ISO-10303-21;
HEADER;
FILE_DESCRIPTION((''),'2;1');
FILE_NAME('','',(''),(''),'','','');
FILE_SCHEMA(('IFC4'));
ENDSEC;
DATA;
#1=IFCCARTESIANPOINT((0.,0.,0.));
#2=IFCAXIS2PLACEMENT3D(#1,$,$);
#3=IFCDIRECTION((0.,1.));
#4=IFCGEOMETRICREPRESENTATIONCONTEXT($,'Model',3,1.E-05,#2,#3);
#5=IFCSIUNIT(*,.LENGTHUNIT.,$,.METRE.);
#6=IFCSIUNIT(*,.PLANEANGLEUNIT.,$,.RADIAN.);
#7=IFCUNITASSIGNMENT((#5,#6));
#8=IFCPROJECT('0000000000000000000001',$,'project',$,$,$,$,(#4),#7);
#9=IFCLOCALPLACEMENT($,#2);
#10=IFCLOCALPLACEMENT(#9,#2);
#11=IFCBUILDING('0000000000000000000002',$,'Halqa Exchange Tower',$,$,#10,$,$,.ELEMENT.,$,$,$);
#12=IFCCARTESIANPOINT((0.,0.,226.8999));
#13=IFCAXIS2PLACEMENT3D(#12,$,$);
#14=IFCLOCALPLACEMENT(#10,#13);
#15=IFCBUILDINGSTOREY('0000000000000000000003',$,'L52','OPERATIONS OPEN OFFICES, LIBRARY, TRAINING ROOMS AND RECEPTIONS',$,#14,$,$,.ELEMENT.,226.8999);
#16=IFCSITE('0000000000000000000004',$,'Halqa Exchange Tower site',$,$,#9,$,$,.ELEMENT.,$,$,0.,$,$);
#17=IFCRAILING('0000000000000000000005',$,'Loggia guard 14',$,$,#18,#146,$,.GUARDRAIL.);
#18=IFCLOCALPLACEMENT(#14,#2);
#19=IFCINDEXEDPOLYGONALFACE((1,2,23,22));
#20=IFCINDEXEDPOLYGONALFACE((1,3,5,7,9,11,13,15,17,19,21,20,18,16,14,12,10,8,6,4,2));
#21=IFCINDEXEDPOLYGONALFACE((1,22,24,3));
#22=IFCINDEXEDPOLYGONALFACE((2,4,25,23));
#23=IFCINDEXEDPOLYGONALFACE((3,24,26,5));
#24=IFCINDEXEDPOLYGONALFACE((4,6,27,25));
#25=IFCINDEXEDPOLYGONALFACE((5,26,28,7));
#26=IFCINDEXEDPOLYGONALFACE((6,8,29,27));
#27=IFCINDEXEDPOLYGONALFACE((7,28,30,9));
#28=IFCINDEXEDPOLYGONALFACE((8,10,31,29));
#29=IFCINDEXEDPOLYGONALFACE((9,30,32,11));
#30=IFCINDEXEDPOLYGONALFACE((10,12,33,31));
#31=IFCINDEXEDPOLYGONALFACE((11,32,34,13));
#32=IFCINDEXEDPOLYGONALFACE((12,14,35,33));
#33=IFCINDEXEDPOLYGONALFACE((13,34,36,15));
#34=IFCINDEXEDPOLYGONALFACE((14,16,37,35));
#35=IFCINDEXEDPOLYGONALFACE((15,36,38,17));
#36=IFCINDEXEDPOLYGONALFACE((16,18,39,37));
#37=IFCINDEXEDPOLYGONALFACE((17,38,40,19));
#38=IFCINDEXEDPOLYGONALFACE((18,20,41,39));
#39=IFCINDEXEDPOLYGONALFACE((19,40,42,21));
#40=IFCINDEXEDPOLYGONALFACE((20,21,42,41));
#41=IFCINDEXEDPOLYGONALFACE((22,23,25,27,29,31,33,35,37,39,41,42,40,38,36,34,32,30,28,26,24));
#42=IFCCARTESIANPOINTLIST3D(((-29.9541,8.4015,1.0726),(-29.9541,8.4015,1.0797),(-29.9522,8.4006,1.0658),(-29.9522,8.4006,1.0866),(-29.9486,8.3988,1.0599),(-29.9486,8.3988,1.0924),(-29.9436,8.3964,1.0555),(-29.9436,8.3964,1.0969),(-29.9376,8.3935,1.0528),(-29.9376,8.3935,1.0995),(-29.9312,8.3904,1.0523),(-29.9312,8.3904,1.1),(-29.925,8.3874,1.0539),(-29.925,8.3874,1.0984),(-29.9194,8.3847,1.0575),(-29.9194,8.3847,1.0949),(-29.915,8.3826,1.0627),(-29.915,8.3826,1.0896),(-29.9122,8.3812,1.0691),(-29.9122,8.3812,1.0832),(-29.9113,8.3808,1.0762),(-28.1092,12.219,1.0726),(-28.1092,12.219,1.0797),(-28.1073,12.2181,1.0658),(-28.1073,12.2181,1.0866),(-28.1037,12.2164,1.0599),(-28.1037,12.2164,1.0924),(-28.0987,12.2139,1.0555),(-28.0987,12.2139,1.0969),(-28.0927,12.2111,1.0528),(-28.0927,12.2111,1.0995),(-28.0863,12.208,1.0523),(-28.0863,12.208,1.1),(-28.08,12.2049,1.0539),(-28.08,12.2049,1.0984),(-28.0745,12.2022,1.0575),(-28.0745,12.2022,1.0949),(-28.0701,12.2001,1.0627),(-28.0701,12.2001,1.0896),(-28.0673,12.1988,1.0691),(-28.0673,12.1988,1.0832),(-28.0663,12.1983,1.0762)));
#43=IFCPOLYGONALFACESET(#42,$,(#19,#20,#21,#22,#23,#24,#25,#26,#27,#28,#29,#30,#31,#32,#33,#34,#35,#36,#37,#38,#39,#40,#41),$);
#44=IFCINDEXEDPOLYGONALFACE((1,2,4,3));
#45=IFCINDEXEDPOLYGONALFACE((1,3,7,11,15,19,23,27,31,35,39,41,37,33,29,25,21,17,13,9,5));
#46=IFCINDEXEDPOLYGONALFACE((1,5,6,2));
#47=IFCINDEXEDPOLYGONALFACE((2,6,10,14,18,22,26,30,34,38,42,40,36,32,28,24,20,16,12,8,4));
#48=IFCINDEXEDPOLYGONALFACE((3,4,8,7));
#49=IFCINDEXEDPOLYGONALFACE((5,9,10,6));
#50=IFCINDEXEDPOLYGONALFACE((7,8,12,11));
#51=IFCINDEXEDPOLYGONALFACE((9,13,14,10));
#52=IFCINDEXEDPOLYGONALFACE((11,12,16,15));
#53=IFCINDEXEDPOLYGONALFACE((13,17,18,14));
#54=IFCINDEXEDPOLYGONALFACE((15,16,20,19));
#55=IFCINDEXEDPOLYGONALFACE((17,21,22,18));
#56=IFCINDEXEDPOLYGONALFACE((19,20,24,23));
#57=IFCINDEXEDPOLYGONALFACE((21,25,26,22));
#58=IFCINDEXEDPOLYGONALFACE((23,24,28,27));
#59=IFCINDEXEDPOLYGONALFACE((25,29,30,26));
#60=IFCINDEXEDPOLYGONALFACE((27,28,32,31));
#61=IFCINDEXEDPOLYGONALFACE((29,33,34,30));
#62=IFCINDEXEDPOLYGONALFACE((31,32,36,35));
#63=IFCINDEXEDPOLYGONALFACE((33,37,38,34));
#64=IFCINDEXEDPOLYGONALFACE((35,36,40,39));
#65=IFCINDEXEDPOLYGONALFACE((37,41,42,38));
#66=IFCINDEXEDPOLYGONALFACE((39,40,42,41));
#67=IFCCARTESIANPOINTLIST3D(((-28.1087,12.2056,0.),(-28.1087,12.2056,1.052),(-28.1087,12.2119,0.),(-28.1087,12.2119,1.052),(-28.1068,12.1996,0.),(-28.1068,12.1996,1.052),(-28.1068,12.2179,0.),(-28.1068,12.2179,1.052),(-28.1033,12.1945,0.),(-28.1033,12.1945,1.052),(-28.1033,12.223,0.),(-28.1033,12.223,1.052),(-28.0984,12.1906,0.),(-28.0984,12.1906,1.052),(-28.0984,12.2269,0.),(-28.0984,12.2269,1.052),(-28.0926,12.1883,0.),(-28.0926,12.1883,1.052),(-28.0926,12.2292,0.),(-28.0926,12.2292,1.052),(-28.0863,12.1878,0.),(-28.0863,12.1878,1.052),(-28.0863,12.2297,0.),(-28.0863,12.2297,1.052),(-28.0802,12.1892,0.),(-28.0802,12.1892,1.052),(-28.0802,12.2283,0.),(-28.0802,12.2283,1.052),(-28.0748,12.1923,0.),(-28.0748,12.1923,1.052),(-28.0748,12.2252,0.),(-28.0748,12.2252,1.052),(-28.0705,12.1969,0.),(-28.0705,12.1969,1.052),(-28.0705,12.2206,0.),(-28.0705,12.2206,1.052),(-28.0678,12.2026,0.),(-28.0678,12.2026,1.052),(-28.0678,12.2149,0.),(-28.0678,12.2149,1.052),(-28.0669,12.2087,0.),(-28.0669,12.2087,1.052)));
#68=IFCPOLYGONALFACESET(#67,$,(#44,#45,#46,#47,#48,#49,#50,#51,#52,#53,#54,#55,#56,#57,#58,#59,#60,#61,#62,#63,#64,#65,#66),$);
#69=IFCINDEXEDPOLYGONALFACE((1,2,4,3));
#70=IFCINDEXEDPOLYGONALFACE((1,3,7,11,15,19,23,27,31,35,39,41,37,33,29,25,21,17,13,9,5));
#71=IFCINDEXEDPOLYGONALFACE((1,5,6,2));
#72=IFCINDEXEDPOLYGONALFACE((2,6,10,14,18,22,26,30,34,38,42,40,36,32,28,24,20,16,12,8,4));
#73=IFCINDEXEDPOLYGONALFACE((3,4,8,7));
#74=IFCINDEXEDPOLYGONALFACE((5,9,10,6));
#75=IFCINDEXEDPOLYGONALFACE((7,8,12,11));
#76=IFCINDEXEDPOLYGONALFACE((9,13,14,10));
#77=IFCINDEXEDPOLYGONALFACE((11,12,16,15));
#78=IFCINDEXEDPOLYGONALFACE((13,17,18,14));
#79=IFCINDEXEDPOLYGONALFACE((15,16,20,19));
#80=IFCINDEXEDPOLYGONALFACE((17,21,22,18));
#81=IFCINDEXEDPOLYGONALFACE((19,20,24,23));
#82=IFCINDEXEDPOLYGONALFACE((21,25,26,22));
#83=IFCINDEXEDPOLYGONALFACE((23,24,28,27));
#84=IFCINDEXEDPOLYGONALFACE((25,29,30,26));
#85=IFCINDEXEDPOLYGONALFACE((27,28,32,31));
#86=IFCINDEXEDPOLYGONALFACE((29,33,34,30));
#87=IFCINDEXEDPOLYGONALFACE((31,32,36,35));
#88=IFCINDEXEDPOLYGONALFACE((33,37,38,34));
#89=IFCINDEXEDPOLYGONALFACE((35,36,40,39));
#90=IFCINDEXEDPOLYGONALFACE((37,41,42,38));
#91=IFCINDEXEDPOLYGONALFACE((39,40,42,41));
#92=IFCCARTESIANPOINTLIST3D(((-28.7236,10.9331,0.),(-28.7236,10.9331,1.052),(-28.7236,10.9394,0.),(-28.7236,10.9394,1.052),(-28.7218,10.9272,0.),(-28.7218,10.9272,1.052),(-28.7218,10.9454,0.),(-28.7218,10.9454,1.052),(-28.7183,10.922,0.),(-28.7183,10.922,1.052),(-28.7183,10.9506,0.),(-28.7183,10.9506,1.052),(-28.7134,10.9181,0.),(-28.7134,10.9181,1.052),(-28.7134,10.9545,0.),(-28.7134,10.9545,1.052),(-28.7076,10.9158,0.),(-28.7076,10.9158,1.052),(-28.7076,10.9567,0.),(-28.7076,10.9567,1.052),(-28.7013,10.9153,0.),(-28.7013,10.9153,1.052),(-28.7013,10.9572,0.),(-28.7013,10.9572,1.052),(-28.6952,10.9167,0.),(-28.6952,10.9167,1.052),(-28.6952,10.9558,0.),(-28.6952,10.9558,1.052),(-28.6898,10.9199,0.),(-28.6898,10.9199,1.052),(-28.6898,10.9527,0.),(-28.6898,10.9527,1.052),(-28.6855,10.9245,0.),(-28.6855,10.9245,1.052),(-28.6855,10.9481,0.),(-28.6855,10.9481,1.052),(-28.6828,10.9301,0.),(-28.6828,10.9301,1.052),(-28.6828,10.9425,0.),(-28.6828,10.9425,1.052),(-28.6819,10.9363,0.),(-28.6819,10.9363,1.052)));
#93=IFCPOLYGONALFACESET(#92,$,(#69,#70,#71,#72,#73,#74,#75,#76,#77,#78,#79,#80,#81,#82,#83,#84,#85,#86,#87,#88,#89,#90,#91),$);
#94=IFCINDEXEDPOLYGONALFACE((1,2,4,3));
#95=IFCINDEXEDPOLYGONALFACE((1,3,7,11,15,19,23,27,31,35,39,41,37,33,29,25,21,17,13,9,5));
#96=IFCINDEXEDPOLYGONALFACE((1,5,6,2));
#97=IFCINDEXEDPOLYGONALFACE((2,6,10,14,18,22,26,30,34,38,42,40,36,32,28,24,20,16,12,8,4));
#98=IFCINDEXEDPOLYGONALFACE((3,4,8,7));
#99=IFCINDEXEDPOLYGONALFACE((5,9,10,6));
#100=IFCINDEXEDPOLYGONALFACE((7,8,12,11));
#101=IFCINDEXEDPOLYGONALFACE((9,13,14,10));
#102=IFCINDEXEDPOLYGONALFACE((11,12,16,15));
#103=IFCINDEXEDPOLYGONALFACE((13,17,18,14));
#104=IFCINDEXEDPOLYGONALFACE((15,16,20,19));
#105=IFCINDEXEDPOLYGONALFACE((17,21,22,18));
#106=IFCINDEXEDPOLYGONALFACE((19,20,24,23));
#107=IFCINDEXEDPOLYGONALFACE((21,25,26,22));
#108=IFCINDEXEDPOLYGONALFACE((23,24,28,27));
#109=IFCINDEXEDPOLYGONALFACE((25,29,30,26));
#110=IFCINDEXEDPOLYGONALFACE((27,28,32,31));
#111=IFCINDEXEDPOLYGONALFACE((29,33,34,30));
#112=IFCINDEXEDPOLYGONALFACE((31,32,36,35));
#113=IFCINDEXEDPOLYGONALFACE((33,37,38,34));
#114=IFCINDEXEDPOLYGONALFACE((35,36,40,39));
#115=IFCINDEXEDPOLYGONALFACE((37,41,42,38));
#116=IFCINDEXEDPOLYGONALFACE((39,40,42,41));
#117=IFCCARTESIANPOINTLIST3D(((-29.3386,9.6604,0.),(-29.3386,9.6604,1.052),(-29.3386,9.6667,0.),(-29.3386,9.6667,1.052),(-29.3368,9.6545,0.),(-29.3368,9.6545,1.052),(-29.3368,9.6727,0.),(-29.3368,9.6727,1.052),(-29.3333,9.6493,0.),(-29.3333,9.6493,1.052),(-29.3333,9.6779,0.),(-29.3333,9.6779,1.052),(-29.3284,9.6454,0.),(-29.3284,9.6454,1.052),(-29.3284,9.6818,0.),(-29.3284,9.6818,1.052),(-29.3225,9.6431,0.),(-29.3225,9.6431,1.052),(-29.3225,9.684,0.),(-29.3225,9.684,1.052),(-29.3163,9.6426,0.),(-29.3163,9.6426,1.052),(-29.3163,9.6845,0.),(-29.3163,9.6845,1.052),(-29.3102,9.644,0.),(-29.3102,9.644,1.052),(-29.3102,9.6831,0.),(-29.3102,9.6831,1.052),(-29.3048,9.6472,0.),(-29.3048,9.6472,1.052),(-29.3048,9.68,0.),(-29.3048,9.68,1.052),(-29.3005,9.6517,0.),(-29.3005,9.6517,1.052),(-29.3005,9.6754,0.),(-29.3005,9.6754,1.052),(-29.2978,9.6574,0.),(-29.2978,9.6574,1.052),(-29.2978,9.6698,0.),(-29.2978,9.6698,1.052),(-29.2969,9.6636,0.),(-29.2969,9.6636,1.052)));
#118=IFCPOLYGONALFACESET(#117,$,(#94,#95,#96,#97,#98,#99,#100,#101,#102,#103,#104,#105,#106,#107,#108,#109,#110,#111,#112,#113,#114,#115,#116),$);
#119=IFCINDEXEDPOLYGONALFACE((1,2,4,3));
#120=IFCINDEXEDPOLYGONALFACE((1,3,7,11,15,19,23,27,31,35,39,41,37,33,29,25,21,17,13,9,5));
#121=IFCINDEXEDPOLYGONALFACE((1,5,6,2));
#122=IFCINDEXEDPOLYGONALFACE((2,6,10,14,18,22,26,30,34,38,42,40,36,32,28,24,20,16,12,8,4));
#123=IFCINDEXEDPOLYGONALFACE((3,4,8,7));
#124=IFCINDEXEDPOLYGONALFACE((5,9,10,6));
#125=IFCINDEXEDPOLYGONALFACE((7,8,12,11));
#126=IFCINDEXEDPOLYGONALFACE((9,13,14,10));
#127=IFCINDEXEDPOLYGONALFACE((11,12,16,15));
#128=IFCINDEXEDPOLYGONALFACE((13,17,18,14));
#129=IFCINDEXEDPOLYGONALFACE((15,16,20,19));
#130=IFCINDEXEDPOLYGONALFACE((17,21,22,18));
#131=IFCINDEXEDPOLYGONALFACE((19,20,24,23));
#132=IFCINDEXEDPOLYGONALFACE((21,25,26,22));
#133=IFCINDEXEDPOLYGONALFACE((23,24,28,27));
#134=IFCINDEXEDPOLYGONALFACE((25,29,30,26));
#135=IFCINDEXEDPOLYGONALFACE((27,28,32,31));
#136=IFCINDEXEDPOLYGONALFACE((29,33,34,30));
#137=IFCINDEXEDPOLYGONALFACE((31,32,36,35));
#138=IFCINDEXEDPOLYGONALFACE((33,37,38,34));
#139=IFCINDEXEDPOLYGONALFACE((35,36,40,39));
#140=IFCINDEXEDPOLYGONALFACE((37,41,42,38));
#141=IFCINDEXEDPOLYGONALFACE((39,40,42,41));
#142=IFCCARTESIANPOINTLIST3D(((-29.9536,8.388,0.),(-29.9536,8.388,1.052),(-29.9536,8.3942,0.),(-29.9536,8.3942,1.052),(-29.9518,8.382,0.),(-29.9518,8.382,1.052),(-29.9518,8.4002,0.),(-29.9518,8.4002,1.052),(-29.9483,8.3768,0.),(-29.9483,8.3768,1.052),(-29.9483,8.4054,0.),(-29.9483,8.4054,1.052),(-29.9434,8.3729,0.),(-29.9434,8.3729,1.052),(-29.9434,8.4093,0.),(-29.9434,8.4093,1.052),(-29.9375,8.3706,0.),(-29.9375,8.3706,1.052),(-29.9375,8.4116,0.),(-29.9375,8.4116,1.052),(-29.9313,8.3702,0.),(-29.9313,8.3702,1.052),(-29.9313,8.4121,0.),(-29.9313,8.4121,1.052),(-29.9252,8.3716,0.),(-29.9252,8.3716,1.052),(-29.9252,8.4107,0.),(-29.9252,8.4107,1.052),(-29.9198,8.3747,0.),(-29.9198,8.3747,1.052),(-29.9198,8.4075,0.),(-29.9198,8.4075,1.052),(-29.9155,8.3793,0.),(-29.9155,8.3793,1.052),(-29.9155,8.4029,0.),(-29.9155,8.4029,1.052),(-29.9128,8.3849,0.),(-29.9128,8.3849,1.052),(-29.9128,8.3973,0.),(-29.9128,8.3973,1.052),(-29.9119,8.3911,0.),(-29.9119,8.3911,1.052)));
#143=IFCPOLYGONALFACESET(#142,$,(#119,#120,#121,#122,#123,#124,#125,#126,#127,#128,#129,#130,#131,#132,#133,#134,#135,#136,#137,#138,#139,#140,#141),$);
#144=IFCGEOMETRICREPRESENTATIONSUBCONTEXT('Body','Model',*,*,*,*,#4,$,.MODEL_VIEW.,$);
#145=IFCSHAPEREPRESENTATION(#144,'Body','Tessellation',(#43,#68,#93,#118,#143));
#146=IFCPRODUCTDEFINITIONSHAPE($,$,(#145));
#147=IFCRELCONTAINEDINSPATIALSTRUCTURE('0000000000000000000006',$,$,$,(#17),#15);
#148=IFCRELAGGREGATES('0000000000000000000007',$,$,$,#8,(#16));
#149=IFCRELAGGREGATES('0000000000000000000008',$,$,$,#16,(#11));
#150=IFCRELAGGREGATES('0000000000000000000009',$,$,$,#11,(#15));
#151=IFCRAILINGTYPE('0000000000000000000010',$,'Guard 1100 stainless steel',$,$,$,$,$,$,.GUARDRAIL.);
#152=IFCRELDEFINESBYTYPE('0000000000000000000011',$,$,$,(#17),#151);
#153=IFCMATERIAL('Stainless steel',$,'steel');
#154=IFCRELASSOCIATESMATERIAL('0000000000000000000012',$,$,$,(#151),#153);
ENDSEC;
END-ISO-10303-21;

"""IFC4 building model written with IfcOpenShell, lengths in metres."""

from ifc_helpers import new_model, si_unit, direction, frame, origin, origin_2d, place, context, subcontext, project, spatial, circle, extrude, material, type_object, element, save


model = new_model("IFC4")

# Units and contexts
model_context = context("Model", 3, precision=1e-05, world=origin(), true_north=direction((0.0, 1.0)))
body_context = subcontext(model_context, "Body", "Model", "MODEL_VIEW")
ifc_project = project(units=[si_unit("LENGTHUNIT", "METRE"), si_unit("PLANEANGLEUNIT", "RADIAN")], contexts=[model_context])

# Site, building, storey
site_placement = place(None, origin())
site = spatial("IfcSite", under=ifc_project, at=site_placement, Name="Halqa Exchange Tower site", CompositionType="ELEMENT", RefElevation=0.0)
building_placement = place(site_placement, origin())
building = spatial("IfcBuilding", under=site, at=building_placement, Name="Halqa Exchange Tower", CompositionType="ELEMENT")
storey_placement = place(building_placement, frame((0.0, 0.0, 226.8999)))
storey = spatial("IfcBuildingStorey", under=building, at=storey_placement, Name="L52", Description="OPERATIONS OPEN OFFICES, LIBRARY, TRAINING ROOMS AND RECEPTIONS", CompositionType="ELEMENT", Elevation=226.8999)

# Railing
ifc_material_1 = material(Name="Stainless steel", Category="steel")
railing_type = type_object("IfcRailingType", Name="Guard 1100 stainless steel", PredefinedType="GUARDRAIL", material=ifc_material_1)
railing_1_placement = place(storey_placement, frame((-28.0879, 12.2087, 0.0)))
element("IfcRailing", 1, at=railing_1_placement, inside=storey, type_object=railing_type, Name="Loggia guard 14", PredefinedType="GUARDRAIL", context=body_context, shape_type="SweptSolid", body=[
    extrude(circle(Radius=0.0239, at=origin_2d()), frame((0.0, 0.0, 1.0762), z_axis=(-0.435127, -0.900369, 0.0), x_axis=(0.900369, -0.435127, 0.0)), (0.0, 0.0, 1.0), 4.24),
    extrude(circle(Radius=0.021, at=origin_2d()), origin(), (0.0, 0.0, 1.0), 1.052),
    extrude(circle(Radius=0.021, at=origin_2d()), frame((-0.615, -1.2725, 0.0)), (0.0, 0.0, 1.0), 1.052),
    extrude(circle(Radius=0.021, at=origin_2d()), frame((-1.23, -2.5452, 0.0)), (0.0, 0.0, 1.0), 1.052),
    extrude(circle(Radius=0.021, at=origin_2d()), frame((-1.845, -3.8176, 0.0)), (0.0, 0.0, 1.0), 1.052),
])

save(model, "model.ifc")
